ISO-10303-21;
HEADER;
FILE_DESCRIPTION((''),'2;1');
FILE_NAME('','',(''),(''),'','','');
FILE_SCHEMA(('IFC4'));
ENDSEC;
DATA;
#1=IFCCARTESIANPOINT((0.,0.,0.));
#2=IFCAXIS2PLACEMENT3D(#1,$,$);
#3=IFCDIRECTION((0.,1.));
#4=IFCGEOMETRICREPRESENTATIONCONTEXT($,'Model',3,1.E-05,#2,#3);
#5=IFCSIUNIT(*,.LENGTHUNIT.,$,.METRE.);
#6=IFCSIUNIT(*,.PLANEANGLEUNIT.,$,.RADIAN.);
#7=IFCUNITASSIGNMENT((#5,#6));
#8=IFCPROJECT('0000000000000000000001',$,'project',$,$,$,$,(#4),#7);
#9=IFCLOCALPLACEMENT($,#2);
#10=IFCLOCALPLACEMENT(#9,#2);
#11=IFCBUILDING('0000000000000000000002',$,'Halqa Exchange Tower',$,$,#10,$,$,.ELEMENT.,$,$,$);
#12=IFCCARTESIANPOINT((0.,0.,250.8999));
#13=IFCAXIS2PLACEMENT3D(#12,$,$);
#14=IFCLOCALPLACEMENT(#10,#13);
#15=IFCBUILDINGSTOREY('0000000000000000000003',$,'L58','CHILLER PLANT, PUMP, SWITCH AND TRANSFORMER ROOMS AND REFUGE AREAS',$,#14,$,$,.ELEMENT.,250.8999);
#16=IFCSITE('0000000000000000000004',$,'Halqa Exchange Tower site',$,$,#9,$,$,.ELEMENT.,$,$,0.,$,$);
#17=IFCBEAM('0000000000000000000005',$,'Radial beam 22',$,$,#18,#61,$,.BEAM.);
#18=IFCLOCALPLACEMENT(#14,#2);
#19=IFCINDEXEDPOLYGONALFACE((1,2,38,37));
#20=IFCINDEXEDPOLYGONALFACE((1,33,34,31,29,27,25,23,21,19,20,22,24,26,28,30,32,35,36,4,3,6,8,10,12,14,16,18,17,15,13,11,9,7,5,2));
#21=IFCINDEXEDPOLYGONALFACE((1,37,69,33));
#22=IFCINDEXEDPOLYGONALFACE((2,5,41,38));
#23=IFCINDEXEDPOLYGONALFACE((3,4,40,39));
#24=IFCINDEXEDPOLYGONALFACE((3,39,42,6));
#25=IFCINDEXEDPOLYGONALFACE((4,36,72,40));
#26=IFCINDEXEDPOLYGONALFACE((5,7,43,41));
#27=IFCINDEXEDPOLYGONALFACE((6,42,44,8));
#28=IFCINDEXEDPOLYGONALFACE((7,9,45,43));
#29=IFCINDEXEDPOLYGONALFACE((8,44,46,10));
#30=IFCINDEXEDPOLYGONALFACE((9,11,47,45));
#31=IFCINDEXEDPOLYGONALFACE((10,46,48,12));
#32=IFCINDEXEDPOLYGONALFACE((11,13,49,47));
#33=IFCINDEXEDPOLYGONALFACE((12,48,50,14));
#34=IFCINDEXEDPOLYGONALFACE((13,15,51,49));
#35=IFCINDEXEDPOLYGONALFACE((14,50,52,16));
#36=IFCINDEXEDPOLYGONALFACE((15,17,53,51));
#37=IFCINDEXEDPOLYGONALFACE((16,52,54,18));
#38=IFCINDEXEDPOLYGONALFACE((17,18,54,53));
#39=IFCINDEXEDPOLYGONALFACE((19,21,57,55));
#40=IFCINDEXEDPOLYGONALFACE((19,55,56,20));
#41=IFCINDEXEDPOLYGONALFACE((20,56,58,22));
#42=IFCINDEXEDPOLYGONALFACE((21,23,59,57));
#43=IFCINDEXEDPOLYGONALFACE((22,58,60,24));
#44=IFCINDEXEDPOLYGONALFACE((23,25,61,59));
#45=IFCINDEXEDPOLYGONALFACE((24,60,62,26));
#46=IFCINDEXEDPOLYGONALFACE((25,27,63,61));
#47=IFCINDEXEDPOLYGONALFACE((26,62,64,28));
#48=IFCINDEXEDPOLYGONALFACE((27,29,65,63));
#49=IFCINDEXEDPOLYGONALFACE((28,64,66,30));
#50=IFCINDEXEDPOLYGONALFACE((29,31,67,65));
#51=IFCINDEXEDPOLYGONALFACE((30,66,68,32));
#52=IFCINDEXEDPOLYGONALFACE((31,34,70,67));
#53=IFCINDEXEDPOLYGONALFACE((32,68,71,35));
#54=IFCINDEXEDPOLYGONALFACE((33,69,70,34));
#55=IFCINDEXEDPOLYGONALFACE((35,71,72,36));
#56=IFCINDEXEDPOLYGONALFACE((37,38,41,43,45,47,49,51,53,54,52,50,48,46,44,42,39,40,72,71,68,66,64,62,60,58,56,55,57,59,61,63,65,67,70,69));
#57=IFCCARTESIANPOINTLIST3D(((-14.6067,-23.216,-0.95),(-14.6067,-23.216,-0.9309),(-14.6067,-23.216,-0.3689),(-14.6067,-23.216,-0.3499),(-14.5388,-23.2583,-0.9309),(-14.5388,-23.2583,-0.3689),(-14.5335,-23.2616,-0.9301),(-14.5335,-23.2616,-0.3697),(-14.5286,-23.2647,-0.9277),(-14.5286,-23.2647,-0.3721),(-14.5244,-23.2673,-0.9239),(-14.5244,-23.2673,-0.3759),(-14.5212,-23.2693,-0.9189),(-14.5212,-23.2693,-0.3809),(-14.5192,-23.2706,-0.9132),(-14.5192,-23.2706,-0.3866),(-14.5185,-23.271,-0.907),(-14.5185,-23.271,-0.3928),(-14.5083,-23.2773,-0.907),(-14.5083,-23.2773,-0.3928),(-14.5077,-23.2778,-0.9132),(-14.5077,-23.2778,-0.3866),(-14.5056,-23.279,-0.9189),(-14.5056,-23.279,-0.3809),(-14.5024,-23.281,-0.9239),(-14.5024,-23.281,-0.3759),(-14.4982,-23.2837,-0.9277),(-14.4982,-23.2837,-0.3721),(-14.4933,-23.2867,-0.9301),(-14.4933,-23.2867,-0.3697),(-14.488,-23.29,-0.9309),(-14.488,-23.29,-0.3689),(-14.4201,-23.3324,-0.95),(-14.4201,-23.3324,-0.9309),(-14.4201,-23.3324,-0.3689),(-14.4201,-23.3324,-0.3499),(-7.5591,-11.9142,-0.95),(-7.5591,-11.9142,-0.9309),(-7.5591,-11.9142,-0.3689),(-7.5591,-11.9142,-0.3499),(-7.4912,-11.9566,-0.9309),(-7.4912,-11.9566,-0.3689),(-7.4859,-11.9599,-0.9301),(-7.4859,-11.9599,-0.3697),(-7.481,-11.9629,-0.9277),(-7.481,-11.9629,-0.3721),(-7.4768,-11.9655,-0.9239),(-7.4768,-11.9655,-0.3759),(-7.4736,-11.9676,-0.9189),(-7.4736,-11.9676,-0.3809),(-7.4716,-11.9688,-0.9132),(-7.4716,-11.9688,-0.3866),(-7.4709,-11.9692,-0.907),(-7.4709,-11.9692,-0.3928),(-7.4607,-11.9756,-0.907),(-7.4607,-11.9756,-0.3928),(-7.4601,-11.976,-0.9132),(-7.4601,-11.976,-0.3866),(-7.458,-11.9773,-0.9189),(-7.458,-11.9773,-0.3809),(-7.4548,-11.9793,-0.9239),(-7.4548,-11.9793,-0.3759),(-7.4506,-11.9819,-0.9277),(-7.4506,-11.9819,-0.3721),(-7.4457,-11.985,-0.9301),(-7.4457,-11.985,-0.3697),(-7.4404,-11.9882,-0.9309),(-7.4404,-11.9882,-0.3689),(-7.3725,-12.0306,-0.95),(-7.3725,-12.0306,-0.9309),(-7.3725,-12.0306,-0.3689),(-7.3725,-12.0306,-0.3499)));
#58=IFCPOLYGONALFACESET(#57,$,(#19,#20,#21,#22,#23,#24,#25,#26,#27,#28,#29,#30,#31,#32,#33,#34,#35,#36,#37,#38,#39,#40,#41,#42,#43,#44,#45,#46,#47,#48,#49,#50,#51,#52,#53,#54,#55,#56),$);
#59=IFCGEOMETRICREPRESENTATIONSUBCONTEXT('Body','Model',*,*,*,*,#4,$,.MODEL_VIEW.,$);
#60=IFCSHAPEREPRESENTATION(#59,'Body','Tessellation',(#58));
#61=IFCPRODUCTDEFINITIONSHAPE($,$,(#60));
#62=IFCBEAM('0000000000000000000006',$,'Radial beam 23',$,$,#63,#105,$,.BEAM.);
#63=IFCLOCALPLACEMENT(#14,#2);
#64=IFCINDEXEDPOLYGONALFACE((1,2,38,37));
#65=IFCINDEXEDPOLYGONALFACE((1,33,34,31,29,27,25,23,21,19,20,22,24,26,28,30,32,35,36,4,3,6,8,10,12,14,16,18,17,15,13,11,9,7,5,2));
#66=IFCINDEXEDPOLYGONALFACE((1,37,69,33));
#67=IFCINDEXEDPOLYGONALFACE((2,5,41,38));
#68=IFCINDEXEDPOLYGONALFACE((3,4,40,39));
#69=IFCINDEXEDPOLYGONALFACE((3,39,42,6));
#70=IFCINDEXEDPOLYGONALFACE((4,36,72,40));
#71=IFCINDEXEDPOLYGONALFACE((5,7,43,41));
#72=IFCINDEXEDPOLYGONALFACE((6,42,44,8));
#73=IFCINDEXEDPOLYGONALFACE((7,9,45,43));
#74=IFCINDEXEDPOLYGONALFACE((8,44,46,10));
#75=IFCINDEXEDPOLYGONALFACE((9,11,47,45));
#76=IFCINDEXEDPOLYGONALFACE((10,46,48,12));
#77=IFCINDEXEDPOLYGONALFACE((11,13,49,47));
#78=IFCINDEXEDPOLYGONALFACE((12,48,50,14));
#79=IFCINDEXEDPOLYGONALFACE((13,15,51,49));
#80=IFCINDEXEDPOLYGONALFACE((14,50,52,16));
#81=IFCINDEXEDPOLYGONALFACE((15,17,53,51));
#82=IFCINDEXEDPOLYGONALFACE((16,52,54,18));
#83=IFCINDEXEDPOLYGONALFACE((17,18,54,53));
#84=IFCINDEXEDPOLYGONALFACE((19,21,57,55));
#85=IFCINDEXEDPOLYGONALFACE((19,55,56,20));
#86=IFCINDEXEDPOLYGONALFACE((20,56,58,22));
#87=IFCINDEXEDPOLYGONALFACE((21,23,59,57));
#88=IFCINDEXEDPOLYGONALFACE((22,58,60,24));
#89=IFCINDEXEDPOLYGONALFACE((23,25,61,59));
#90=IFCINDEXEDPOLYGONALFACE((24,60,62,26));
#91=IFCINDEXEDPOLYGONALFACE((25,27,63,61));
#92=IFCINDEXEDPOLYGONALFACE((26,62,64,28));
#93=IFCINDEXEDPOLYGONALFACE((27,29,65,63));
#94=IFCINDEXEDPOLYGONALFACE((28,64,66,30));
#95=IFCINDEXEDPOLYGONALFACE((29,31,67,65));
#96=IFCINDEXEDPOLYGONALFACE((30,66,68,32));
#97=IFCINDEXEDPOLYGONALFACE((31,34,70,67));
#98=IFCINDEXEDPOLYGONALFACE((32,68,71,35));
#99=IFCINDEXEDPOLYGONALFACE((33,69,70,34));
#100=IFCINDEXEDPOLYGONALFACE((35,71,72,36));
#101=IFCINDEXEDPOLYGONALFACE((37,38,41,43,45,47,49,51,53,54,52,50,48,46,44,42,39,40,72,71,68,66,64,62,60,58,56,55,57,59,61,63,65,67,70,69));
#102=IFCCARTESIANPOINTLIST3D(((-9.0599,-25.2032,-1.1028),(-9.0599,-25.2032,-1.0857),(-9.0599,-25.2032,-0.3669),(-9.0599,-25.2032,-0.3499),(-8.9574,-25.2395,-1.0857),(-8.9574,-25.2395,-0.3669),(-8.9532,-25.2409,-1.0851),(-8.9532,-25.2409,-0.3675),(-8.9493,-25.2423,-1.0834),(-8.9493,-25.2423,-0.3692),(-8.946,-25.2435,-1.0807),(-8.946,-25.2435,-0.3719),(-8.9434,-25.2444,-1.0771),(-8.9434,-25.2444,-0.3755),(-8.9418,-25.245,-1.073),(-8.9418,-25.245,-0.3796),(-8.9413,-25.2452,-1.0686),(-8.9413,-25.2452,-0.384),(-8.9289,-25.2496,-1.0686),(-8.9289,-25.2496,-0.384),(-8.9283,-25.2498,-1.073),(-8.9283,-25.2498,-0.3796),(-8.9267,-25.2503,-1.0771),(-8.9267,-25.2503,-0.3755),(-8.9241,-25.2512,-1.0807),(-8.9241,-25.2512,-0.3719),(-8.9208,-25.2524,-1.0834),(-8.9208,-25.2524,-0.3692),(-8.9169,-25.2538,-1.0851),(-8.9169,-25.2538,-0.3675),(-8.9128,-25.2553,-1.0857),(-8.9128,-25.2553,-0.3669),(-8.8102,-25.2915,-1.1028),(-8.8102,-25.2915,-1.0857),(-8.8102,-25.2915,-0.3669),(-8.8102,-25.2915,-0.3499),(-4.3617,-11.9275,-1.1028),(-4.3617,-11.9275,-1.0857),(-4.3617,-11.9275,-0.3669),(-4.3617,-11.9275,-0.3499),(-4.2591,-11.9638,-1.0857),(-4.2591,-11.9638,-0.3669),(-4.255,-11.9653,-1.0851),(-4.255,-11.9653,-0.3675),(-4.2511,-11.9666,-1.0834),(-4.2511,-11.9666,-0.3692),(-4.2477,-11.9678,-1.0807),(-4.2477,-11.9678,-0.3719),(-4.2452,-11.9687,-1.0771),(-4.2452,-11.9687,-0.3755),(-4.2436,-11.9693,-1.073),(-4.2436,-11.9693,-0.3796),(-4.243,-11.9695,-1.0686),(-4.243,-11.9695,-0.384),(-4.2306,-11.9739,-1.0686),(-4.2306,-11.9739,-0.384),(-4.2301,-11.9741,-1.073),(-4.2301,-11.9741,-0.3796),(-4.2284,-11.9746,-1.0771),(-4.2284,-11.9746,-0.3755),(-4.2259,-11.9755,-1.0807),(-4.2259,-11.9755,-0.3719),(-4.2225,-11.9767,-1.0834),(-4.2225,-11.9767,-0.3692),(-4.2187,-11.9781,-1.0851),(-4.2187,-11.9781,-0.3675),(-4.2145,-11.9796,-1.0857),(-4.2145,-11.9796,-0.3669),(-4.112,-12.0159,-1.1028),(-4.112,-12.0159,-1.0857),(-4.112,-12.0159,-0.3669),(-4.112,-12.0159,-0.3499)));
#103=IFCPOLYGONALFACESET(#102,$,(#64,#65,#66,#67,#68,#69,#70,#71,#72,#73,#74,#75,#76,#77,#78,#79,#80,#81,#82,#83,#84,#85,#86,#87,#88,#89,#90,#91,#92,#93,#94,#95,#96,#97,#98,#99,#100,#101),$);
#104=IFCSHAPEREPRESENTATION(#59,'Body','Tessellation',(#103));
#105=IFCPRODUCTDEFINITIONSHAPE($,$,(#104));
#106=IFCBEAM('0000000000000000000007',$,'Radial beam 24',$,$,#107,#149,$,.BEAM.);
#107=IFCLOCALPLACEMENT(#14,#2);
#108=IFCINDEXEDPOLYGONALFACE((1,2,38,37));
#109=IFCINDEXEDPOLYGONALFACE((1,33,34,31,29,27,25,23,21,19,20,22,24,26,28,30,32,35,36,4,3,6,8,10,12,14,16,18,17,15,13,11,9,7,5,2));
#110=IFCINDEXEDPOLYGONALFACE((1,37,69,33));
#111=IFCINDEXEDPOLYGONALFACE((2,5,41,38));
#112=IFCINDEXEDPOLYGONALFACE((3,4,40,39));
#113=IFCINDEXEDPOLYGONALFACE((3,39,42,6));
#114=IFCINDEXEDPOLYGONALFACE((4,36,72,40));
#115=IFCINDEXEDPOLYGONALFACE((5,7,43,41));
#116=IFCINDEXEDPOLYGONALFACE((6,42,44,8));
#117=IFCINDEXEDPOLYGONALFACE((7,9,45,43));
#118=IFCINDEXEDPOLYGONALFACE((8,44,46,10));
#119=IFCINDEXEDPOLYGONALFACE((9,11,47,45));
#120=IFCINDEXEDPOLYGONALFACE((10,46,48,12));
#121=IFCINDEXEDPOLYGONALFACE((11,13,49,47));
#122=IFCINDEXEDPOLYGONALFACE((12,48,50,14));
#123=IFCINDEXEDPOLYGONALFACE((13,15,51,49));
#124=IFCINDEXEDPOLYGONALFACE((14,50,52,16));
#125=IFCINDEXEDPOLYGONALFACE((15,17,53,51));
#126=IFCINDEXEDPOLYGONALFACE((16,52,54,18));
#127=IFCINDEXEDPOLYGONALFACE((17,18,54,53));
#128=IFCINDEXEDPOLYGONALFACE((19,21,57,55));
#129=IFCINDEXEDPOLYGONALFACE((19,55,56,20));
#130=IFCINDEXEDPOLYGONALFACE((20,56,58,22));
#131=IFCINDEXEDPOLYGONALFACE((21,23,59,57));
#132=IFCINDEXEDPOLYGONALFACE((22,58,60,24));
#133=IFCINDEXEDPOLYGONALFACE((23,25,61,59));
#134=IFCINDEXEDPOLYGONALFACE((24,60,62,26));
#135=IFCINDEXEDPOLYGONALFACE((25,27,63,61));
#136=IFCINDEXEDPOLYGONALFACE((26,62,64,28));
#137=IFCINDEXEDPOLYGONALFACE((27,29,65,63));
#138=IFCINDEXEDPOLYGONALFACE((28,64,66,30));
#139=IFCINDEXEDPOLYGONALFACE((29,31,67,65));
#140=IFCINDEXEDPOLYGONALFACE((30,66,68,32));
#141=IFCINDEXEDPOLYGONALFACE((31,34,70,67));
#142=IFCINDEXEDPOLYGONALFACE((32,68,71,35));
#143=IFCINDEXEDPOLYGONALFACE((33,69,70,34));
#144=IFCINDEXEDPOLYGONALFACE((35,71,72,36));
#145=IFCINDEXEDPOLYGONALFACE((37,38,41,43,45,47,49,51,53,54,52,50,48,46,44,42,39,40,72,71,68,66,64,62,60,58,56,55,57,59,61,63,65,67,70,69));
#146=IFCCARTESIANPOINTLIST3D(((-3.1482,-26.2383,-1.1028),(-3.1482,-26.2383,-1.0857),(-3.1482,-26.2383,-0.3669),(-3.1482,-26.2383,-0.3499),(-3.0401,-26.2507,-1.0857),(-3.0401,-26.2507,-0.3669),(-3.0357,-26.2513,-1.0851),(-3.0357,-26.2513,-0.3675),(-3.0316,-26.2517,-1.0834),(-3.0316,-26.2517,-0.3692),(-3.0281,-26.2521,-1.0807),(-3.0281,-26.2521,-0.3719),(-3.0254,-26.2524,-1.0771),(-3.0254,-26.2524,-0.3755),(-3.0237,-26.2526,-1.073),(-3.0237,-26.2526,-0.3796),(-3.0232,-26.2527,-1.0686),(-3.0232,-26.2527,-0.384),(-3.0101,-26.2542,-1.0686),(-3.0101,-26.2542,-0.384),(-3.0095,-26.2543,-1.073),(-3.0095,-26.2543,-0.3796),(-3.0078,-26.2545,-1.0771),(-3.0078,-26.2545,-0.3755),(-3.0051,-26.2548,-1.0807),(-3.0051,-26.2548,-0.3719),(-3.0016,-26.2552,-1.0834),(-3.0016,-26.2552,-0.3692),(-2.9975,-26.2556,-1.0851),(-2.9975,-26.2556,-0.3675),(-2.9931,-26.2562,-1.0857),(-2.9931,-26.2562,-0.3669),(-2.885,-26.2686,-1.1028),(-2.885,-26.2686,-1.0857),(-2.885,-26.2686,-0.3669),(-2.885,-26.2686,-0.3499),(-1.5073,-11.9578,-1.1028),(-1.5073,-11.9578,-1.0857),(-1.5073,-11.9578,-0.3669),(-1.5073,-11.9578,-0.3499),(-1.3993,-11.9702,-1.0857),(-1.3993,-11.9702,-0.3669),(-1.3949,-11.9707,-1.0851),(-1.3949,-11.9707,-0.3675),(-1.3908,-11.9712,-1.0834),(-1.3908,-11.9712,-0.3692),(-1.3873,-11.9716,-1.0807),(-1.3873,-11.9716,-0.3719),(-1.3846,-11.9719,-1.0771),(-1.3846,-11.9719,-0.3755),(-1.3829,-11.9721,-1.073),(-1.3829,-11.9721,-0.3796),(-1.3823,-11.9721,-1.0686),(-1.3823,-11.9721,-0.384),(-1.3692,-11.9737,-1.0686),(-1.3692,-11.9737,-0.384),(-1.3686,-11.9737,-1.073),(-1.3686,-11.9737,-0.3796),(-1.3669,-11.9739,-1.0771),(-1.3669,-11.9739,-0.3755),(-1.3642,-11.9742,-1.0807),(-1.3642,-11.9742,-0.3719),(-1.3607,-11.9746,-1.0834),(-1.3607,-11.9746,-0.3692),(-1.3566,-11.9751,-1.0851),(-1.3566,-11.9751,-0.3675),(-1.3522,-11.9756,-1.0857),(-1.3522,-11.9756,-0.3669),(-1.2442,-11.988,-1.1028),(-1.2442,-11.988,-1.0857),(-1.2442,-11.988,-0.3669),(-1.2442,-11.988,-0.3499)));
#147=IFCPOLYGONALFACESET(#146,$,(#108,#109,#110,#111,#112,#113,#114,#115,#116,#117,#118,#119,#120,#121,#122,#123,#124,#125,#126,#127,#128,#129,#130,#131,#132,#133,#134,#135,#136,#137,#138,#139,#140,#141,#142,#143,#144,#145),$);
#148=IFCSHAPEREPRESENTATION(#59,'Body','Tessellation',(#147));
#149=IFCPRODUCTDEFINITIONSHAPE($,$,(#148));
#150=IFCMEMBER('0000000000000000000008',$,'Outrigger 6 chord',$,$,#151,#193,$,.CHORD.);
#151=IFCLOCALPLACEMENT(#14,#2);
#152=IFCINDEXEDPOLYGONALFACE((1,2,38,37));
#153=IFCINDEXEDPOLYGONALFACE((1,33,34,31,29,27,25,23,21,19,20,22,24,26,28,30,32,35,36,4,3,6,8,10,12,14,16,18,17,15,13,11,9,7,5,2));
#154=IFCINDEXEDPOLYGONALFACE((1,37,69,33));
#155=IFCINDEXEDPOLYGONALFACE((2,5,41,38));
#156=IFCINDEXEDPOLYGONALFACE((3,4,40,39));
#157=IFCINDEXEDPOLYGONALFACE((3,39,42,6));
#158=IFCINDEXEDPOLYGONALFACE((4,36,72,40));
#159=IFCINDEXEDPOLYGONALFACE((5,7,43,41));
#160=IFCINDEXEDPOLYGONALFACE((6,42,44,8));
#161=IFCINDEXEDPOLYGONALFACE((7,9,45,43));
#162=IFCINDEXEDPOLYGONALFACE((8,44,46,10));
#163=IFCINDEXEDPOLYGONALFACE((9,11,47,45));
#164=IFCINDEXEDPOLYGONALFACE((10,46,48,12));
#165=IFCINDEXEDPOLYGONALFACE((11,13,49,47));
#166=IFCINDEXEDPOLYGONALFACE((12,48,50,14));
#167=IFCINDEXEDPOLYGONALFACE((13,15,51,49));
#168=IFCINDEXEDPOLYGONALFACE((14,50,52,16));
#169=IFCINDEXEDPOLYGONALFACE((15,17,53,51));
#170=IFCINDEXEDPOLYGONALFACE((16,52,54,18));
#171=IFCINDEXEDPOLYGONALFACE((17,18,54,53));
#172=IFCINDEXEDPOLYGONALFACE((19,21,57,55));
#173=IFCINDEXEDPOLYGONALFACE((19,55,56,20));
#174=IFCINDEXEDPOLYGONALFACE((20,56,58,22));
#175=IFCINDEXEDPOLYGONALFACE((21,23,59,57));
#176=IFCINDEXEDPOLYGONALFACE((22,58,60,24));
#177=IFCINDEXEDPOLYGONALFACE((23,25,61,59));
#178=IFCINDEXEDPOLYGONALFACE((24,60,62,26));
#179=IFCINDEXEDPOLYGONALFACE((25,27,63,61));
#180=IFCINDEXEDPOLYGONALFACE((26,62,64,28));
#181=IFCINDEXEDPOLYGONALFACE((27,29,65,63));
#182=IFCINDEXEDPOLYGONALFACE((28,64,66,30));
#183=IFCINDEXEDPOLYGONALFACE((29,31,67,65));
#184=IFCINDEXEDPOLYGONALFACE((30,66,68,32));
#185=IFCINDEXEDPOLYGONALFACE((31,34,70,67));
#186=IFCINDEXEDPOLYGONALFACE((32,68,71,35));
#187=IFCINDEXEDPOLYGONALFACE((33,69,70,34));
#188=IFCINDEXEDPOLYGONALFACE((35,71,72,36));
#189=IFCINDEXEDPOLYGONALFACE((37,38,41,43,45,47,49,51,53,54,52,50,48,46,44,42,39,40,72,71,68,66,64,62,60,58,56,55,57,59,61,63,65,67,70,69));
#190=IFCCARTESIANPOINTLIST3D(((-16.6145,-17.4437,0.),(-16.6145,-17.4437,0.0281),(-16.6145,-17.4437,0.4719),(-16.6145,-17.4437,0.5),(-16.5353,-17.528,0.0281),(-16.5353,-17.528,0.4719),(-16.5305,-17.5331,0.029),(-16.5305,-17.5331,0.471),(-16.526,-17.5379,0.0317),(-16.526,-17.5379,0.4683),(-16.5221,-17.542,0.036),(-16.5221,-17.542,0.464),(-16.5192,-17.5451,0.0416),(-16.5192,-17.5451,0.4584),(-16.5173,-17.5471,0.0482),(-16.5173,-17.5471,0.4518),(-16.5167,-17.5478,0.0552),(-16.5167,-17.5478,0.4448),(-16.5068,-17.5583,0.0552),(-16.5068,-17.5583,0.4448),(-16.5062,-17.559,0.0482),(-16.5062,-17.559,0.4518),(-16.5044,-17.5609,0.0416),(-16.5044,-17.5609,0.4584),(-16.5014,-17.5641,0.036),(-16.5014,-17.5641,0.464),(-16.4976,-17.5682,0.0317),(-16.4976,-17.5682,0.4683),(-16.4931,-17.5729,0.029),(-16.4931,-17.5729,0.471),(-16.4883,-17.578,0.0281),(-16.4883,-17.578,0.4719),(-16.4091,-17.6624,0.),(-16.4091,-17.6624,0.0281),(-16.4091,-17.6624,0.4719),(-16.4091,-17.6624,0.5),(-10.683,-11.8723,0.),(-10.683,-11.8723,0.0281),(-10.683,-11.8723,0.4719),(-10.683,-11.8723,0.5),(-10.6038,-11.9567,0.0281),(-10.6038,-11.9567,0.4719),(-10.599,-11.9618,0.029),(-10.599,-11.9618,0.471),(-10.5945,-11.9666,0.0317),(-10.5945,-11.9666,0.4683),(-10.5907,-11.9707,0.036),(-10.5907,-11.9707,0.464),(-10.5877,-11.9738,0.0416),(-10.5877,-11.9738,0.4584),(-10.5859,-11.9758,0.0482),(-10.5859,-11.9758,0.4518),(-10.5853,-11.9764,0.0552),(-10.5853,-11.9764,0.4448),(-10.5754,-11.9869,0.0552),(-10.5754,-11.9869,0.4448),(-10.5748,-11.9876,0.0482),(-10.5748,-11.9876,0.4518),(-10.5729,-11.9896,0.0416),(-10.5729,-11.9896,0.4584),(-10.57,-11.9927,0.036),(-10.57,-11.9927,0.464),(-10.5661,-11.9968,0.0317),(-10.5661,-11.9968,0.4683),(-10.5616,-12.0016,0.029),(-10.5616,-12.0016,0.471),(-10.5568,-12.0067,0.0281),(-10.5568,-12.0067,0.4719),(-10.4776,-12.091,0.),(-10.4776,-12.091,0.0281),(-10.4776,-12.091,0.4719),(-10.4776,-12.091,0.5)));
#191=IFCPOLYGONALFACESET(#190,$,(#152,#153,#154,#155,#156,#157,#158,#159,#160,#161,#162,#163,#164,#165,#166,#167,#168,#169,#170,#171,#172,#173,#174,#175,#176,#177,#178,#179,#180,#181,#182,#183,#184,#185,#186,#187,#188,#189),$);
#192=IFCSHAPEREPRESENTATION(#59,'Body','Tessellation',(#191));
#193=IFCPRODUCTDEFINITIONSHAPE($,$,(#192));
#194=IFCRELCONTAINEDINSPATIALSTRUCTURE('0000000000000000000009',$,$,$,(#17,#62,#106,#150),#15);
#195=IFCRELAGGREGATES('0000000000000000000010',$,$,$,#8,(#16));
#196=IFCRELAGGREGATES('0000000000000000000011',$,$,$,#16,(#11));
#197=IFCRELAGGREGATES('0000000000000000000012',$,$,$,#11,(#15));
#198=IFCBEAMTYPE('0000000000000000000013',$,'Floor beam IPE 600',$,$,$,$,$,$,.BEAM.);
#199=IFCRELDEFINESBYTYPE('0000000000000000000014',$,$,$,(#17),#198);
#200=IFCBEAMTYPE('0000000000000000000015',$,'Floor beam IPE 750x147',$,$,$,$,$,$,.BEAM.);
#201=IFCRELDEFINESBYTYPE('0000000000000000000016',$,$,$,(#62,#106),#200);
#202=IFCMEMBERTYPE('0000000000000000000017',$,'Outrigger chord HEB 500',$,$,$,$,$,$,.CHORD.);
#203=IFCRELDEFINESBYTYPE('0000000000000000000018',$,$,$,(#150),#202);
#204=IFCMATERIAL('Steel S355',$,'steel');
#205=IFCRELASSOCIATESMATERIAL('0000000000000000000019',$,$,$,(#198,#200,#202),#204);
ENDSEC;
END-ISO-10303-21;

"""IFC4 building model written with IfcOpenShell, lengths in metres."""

from ifc_helpers import new_model, si_unit, direction, frame, origin, origin_2d, place, context, subcontext, project, spatial, i_section, extrude, material, material_profile, profile_set, type_object, element, save


model = new_model("IFC4")

# Units and contexts
model_context = context("Model", 3, precision=1e-05, world=origin(), true_north=direction((0.0, 1.0)))
body_context = subcontext(model_context, "Body", "Model", "MODEL_VIEW")
ifc_project = project(units=[si_unit("LENGTHUNIT", "METRE"), si_unit("PLANEANGLEUNIT", "RADIAN")], contexts=[model_context])

# Site, building, storey
site_placement = place(None, origin())
site = spatial("IfcSite", under=ifc_project, at=site_placement, Name="Halqa Exchange Tower site", CompositionType="ELEMENT", RefElevation=0.0)
building_placement = place(site_placement, origin())
building = spatial("IfcBuilding", under=site, at=building_placement, Name="Halqa Exchange Tower", CompositionType="ELEMENT")
storey_placement = place(building_placement, frame((0.0, 0.0, 250.8999)))
storey = spatial("IfcBuildingStorey", under=building, at=storey_placement, Name="L58", Description="CHILLER PLANT, PUMP, SWITCH AND TRANSFORMER ROOMS AND REFUGE AREAS", CompositionType="ELEMENT", Elevation=250.8999)

# Beams
ifc_material_1 = material(Name="Steel S355", Category="steel")
ifc_material_profile_1 = material_profile(ifc_material_1, i_section(OverallWidth=0.22, OverallDepth=0.6001, WebThickness=0.012, FlangeThickness=0.019, FilletRadius=0.0239, at=origin_2d()), Name="IPE 600")
ifc_profile_set_1 = profile_set([ifc_material_profile_1], Name="Steel S355")
beam_type_1 = type_object("IfcBeamType", Name="Floor beam IPE 600", PredefinedType="BEAM", material=ifc_profile_set_1)
beam_1_placement = place(storey_placement, frame((-7.4658, -11.9724, -0.6499), z_axis=(-0.529135, -0.848537, 0.0), x_axis=(0.848537, -0.529135, 0.0)))
element("IfcBeam", 1, at=beam_1_placement, inside=storey, type_object=beam_type_1, Name="Radial beam 22", PredefinedType="BEAM", context=body_context, shape_type="SweptSolid", body=[
    extrude(i_section(OverallWidth=0.22, OverallDepth=0.6001, WebThickness=0.012, FlangeThickness=0.019, FilletRadius=0.0239, at=origin_2d()), origin(), (0.0, 0.0, 1.0), 13.3191),
])
ifc_material_profile_2 = material_profile(ifc_material_1, i_section(OverallWidth=0.2649, OverallDepth=0.7529, WebThickness=0.0132, FlangeThickness=0.0171, FilletRadius=0.0171, at=origin_2d()), Name="IPE 750x147")
ifc_profile_set_2 = profile_set([ifc_material_profile_2], Name="Steel S355")
beam_type_2 = type_object("IfcBeamType", Name="Floor beam IPE 750x147", PredefinedType="BEAM", material=ifc_profile_set_2)
beam_2_placement = place(storey_placement, frame((-4.2368, -11.9717, -0.7263), z_axis=(-0.333623, -0.942706, 0.0), x_axis=(0.942706, -0.333623, 0.0)))
element("IfcBeam", 2, at=beam_2_placement, inside=storey, type_object=beam_type_2, Name="Radial beam 23", PredefinedType="BEAM", context=body_context, shape_type="SweptSolid", body=[
    extrude(i_section(OverallWidth=0.2649, OverallDepth=0.7529, WebThickness=0.0132, FlangeThickness=0.0171, FilletRadius=0.0171, at=origin_2d()), origin(), (0.0, 0.0, 1.0), 14.0825),
])
beam_3_placement = place(storey_placement, frame((-1.3757, -11.9729, -0.7263), z_axis=(-0.114152, -0.993463, 0.0), x_axis=(0.993463, -0.114152, 0.0)))
element("IfcBeam", 3, at=beam_3_placement, inside=storey, type_object=beam_type_2, Name="Radial beam 24", PredefinedType="BEAM", context=body_context, shape_type="SweptSolid", body=[
    extrude(i_section(OverallWidth=0.2649, OverallDepth=0.7529, WebThickness=0.0132, FlangeThickness=0.0171, FilletRadius=0.0171, at=origin_2d()), origin(), (0.0, 0.0, 1.0), 14.3745),
])

# Member
ifc_material_profile_3 = material_profile(ifc_material_1, i_section(OverallWidth=0.3, OverallDepth=0.5, WebThickness=0.0144, FlangeThickness=0.0281, FilletRadius=0.0271, at=origin_2d()), Name="HEB 500")
ifc_profile_set_3 = profile_set([ifc_material_profile_3], Name="Steel S355")
member_type = type_object("IfcMemberType", Name="Outrigger chord HEB 500", PredefinedType="CHORD", material=ifc_profile_set_3)
member_1_placement = place(storey_placement, frame((-10.5803, -11.9817, 0.25), z_axis=(-0.728887, -0.684634, 0.0), x_axis=(0.684634, -0.728887, 0.0)))
element("IfcMember", 4, at=member_1_placement, inside=storey, type_object=member_type, Name="Outrigger 6 chord", PredefinedType="CHORD", context=body_context, shape_type="SweptSolid", body=[
    extrude(i_section(OverallWidth=0.3, OverallDepth=0.5, WebThickness=0.0144, FlangeThickness=0.0281, FilletRadius=0.0271, at=origin_2d()), origin(), (0.0, 0.0, 1.0), 8.1377),
])

save(model, "model.ifc")
